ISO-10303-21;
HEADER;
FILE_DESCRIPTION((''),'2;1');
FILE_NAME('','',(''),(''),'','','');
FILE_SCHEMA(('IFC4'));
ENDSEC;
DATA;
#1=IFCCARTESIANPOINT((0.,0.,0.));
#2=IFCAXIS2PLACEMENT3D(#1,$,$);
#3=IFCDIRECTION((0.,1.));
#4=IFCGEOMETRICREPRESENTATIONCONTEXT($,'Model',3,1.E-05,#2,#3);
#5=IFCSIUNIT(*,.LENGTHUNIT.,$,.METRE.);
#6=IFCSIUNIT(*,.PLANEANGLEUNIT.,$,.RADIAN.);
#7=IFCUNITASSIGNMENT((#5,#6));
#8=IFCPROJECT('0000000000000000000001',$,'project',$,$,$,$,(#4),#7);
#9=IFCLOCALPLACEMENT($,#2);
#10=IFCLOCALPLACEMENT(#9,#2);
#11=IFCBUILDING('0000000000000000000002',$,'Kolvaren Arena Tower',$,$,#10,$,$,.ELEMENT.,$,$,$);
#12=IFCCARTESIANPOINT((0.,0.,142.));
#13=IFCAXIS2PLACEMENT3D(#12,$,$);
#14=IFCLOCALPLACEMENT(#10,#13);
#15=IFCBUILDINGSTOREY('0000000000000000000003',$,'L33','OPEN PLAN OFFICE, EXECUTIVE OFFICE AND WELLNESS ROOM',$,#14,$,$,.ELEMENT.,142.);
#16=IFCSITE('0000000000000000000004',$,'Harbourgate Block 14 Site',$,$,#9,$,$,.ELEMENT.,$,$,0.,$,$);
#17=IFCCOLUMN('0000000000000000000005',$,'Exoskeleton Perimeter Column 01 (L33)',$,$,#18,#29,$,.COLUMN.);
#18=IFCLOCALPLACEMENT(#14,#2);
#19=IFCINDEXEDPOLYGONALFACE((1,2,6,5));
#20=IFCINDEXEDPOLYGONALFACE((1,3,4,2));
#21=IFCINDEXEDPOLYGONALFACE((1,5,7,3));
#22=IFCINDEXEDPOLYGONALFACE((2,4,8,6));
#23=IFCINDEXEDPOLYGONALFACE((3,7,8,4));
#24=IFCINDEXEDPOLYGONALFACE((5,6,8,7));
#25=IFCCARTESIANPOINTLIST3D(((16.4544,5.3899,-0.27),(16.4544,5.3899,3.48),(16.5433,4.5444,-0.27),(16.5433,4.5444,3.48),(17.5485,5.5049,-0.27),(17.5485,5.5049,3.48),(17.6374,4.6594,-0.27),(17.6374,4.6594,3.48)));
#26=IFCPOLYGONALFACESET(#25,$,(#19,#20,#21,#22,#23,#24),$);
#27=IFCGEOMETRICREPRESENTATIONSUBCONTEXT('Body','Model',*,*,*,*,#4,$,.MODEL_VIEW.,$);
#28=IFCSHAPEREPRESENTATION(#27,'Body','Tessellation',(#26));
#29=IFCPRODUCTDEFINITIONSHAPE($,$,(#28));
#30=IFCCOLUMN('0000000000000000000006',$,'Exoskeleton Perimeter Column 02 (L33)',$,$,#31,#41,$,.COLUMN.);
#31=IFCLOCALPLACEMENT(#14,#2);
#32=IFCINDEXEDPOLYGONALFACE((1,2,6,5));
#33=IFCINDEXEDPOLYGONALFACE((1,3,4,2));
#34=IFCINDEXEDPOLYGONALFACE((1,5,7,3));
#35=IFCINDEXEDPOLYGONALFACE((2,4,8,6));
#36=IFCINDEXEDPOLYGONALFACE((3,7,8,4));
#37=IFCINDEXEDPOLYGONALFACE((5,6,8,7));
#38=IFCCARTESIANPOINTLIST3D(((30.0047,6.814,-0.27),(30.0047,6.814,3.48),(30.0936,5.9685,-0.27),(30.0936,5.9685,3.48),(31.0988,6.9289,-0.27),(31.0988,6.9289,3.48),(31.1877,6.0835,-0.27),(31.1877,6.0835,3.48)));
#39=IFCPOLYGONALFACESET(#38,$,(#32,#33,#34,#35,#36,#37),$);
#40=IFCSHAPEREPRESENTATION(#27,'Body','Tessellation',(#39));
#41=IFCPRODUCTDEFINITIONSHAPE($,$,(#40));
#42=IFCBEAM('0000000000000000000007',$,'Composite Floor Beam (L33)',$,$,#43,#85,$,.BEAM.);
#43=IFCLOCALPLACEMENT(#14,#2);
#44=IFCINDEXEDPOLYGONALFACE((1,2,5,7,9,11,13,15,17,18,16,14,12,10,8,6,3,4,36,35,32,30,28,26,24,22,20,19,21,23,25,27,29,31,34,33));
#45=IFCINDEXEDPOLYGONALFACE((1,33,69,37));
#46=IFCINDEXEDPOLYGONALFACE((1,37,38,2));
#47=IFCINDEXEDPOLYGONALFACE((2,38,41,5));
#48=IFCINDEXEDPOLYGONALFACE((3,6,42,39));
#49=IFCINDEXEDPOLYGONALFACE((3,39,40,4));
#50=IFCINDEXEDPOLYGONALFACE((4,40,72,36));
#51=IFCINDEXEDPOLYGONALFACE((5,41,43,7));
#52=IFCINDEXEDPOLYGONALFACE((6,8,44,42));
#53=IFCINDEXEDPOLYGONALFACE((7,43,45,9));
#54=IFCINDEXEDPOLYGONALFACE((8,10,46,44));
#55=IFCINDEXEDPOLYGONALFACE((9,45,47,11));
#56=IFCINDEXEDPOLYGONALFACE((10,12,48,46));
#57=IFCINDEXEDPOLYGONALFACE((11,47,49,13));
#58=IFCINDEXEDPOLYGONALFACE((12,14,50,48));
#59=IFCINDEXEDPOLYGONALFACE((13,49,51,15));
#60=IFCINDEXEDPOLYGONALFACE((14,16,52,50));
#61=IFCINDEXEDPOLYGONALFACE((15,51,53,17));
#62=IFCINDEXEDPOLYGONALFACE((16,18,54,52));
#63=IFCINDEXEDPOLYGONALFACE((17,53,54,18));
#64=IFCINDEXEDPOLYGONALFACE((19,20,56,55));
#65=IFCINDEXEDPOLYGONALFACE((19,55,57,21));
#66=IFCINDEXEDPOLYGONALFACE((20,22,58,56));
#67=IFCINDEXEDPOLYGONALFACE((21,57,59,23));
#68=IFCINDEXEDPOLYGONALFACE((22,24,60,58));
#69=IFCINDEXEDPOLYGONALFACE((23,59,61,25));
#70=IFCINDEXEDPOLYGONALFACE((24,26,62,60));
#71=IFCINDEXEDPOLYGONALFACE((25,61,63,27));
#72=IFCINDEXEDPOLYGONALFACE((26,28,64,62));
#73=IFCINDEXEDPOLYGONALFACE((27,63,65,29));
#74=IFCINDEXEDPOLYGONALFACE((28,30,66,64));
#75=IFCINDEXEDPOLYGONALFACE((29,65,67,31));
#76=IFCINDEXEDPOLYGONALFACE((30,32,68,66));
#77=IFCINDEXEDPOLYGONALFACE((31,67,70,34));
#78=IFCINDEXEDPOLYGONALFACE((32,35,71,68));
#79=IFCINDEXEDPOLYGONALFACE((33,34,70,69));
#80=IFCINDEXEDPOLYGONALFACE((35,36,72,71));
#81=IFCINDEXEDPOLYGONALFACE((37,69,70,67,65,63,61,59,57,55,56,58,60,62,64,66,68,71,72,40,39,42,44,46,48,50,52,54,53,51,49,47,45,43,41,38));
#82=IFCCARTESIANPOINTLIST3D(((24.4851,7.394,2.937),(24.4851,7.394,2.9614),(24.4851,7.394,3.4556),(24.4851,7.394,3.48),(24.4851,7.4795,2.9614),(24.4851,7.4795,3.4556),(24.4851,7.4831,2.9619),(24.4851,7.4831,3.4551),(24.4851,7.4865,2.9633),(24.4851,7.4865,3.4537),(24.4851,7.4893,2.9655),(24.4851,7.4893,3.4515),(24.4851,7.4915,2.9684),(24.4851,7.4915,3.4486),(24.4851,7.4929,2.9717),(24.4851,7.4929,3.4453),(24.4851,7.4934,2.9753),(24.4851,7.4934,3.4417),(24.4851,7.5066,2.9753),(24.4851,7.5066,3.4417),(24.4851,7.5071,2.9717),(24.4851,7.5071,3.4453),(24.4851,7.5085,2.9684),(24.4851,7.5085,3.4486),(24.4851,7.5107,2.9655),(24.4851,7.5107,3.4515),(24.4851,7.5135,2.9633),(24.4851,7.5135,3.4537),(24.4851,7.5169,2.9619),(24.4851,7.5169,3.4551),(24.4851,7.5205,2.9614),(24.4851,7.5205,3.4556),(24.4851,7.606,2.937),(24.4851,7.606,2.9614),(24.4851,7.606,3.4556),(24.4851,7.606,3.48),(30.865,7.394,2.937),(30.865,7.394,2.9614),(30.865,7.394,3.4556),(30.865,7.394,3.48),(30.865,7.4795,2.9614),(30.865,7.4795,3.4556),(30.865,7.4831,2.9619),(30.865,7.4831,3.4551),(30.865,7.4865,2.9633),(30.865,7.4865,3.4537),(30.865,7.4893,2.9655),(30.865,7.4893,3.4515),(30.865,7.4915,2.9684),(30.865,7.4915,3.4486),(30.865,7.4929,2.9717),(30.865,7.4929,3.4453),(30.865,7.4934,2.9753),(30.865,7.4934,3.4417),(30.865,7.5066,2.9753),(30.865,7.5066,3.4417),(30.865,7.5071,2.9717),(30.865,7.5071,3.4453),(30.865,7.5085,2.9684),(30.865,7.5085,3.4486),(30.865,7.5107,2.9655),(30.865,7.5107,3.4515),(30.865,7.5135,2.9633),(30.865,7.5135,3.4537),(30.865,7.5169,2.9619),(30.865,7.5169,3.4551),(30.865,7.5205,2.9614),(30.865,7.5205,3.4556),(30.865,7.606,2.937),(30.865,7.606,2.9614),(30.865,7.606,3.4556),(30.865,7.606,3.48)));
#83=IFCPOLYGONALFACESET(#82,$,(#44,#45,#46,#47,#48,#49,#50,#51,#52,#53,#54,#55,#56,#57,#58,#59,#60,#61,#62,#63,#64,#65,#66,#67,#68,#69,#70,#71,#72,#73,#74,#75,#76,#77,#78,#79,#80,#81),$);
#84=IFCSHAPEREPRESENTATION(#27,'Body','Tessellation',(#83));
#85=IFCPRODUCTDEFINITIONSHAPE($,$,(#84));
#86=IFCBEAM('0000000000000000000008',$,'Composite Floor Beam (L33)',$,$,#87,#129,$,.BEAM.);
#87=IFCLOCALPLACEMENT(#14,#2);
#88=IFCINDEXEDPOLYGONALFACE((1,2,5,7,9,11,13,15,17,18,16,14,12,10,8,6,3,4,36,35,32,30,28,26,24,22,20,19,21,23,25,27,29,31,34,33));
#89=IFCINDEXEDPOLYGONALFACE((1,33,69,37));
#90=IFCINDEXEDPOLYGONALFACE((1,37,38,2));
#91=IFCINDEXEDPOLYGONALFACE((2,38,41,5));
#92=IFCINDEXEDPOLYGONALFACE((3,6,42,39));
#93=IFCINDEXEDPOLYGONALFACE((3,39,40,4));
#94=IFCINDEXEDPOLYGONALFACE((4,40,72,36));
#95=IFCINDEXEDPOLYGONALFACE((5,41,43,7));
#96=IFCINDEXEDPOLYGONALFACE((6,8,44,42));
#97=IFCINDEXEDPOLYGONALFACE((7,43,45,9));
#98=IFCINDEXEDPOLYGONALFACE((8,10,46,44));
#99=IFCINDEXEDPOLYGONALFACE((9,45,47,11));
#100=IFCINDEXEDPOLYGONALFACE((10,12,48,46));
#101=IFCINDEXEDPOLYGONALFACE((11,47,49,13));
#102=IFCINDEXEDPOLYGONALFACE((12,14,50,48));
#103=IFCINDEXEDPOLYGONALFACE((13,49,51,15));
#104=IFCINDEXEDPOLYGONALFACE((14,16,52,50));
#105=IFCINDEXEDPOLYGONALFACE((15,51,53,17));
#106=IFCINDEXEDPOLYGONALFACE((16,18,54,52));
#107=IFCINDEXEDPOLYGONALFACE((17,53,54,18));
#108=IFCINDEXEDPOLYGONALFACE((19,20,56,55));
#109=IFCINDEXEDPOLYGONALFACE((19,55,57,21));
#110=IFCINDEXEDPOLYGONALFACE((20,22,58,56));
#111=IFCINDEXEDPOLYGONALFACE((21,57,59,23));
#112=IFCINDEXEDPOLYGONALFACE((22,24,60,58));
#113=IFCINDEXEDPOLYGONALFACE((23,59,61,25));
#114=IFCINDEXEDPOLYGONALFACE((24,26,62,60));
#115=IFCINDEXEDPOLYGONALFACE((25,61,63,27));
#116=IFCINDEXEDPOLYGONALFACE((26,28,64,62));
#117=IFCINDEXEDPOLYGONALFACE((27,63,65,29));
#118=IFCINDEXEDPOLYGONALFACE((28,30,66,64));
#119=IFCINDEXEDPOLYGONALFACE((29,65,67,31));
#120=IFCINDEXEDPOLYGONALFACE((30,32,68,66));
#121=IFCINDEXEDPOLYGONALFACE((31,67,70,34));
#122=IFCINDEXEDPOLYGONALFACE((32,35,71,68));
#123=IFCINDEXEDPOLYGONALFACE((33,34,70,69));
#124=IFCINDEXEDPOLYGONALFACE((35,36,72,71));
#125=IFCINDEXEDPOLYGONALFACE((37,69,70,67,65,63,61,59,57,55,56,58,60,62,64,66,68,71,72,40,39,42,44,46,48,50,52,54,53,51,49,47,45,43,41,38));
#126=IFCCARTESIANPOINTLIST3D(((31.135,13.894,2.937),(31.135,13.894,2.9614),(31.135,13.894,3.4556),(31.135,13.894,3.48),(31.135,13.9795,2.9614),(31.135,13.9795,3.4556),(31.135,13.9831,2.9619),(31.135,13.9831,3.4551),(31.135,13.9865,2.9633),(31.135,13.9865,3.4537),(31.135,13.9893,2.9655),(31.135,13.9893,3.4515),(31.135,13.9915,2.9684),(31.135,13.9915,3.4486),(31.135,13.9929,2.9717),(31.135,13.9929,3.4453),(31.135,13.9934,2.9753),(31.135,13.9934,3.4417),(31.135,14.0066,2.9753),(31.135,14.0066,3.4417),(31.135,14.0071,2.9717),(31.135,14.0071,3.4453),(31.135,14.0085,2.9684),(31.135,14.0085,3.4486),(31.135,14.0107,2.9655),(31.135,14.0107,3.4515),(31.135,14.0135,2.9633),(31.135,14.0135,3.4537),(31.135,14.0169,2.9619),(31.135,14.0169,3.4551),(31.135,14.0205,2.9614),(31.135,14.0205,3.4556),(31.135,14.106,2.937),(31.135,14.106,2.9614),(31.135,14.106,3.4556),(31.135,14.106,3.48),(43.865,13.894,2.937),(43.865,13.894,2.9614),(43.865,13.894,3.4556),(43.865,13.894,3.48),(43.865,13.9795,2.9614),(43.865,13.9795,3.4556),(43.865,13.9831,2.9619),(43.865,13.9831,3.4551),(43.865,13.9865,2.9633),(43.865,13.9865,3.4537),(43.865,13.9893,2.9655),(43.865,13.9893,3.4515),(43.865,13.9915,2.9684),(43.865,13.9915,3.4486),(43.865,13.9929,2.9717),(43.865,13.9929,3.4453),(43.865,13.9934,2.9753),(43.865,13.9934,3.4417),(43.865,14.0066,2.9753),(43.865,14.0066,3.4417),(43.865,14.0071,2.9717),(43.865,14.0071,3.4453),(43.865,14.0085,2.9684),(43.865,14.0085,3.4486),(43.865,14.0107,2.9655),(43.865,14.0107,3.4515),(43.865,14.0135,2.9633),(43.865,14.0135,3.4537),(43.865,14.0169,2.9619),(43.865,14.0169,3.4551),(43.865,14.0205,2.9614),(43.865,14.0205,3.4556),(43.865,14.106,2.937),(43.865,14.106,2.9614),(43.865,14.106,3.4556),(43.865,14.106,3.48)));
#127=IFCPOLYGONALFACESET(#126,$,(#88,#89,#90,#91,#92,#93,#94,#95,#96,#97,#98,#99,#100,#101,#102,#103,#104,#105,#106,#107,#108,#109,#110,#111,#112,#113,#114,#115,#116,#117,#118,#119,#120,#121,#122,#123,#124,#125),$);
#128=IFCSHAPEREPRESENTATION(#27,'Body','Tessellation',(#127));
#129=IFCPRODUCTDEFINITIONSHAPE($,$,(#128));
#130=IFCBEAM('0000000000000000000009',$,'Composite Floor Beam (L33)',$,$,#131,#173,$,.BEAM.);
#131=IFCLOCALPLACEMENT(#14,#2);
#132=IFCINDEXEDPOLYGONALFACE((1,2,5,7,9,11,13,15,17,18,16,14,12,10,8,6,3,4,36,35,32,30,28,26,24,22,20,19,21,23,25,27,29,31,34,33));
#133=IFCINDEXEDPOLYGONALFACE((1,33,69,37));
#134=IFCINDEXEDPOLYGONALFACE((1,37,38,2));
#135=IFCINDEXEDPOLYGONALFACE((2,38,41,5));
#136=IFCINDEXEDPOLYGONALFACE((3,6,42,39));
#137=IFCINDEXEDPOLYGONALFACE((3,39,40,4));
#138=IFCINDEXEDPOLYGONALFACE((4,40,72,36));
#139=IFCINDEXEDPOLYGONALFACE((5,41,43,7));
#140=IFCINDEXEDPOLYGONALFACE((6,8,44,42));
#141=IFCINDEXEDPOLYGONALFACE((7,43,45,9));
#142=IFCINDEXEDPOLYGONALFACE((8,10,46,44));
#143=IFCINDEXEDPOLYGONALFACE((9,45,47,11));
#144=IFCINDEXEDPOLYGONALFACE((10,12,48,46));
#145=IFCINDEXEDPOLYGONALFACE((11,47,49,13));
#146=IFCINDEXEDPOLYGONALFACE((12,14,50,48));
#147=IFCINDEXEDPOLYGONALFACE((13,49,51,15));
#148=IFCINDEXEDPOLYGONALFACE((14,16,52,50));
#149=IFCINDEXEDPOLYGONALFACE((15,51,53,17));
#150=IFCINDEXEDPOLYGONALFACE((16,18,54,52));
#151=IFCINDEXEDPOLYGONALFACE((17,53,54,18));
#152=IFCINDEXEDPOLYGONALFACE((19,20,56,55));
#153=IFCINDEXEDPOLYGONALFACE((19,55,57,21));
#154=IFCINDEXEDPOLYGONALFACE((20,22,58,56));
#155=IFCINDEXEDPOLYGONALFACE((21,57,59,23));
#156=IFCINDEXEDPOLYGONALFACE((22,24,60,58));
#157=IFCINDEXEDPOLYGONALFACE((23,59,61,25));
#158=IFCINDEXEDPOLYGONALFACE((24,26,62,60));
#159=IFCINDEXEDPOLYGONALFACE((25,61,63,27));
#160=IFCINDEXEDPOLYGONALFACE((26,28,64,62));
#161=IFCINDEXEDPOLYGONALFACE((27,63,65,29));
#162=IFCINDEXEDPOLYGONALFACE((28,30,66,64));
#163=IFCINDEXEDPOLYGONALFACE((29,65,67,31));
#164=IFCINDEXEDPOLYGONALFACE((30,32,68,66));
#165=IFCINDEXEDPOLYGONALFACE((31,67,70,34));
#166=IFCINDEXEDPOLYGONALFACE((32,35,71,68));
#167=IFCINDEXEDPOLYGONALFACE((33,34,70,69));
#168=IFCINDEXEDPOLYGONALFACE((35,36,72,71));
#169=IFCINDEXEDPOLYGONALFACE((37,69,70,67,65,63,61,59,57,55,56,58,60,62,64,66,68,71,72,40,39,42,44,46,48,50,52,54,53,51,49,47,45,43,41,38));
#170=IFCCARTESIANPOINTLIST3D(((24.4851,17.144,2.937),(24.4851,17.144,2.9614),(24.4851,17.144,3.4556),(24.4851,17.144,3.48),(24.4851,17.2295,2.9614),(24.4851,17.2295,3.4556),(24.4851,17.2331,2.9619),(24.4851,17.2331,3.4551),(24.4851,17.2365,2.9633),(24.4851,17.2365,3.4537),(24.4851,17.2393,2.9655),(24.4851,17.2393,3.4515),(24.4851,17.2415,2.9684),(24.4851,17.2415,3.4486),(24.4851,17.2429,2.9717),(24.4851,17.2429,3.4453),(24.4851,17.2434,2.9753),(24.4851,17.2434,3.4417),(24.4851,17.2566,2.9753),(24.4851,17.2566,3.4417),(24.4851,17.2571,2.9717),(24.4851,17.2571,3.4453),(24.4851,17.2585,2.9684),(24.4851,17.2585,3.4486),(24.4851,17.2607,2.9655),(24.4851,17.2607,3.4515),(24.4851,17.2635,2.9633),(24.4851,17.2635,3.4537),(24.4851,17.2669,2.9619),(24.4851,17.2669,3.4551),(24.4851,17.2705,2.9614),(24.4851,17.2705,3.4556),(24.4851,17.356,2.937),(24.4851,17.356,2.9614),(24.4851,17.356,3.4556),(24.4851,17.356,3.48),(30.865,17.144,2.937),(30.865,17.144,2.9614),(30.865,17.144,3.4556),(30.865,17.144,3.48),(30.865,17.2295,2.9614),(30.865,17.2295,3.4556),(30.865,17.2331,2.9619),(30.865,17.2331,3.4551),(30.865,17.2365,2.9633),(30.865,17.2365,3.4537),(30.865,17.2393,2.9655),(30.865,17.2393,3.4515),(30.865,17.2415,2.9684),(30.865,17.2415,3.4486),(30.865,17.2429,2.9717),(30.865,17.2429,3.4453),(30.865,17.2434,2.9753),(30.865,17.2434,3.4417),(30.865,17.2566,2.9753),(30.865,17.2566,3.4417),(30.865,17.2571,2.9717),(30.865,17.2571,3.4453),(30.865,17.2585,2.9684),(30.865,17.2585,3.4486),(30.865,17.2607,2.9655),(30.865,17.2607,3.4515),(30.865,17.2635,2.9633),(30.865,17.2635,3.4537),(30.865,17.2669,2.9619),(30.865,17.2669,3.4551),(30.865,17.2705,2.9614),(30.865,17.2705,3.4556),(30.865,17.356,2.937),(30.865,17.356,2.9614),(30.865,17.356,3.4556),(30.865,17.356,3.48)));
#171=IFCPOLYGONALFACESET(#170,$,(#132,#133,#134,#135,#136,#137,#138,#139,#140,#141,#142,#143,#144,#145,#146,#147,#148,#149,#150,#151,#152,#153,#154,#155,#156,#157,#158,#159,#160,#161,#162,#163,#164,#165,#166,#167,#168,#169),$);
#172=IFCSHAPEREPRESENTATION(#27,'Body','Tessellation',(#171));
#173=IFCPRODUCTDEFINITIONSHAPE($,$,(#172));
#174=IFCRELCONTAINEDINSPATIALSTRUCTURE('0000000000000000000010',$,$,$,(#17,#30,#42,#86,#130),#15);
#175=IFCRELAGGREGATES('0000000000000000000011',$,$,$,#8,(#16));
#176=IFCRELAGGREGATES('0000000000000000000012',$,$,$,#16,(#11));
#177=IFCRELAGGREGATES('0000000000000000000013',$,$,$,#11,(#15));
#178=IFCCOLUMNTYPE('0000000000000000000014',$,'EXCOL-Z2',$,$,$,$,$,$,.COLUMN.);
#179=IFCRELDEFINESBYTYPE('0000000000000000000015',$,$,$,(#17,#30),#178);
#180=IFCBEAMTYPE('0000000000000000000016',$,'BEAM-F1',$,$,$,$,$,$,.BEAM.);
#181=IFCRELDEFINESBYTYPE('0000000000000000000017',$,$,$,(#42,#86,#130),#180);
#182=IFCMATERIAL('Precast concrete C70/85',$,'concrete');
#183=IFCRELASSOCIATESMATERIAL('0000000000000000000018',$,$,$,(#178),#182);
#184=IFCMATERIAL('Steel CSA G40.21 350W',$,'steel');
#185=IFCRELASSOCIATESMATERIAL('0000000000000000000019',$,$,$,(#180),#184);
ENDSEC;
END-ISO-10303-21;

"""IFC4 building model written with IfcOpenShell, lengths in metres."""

from ifc_helpers import new_model, si_unit, direction, frame, origin, origin_2d, place, context, subcontext, project, spatial, rectangle, i_section, extrude, material, material_profile, profile_set, type_object, element, save


model = new_model("IFC4")

# Units and contexts
model_context = context("Model", 3, precision=1e-05, world=origin(), true_north=direction((0.0, 1.0)))
body_context = subcontext(model_context, "Body", "Model", "MODEL_VIEW")
ifc_project = project(units=[si_unit("LENGTHUNIT", "METRE"), si_unit("PLANEANGLEUNIT", "RADIAN")], contexts=[model_context])

# Site, building, storey
site_placement = place(None, origin())
site = spatial("IfcSite", under=ifc_project, at=site_placement, Name="Harbourgate Block 14 Site", CompositionType="ELEMENT", RefElevation=0.0)
building_placement = place(site_placement, origin())
building = spatial("IfcBuilding", under=site, at=building_placement, Name="Kolvaren Arena Tower", CompositionType="ELEMENT")
storey_placement = place(building_placement, frame((0.0, 0.0, 142.0)))
storey = spatial("IfcBuildingStorey", under=building, at=storey_placement, Name="L33", Description="OPEN PLAN OFFICE, EXECUTIVE OFFICE AND WELLNESS ROOM", CompositionType="ELEMENT", Elevation=142.0)

# Columns
ifc_material_1 = material(Name="Precast concrete C70/85", Category="concrete")
ifc_material_profile_1 = material_profile(ifc_material_1, rectangle(XDim=1.1001, YDim=0.8501, at=origin_2d()), Name="RC-1100x850")
ifc_profile_set_1 = profile_set([ifc_material_profile_1], Name="Precast concrete C70/85")
column_type = type_object("IfcColumnType", Name="EXCOL-Z2", PredefinedType="COLUMN", material=ifc_profile_set_1)
for number, where, z_axis, x_axis, name in (
    (1, (17.0459, 5.0247, -0.27), (0.0, 0.0, 1.0), (0.994522, 0.104528, 0.0), "Exoskeleton Perimeter Column 01 (L33)"),
    (2, (30.5962, 6.4487, -0.27), (0.0, 0.0, 1.0), (0.994522, 0.104528, 0.0), "Exoskeleton Perimeter Column 02 (L33)"),
):
    element("IfcColumn", number, at=place(storey_placement, frame(where, z_axis=z_axis, x_axis=x_axis)), inside=storey, type_object=column_type, Name=name, PredefinedType="COLUMN", context=body_context, shape_type="SweptSolid", body=[
        extrude(rectangle(XDim=1.1001, YDim=0.8501, at=origin_2d()), origin(), (0.0, 0.0, 1.0), 3.75),
    ])

# Beams
ifc_material_2 = material(Name="Steel CSA G40.21 350W", Category="steel")
ifc_material_profile_2 = material_profile(ifc_material_2, i_section(OverallWidth=0.2119, OverallDepth=0.543, WebThickness=0.0132, FlangeThickness=0.0244, FilletRadius=0.0139, at=origin_2d()), Name="W530x150")
ifc_profile_set_2 = profile_set([ifc_material_profile_2], Name="Steel CSA G40.21 350W")
beam_type_1 = type_object("IfcBeamType", Name="BEAM-F1", PredefinedType="BEAM", material=ifc_profile_set_2)
beam_1_placement = place(storey_placement, frame((24.4851, 7.5, 3.2085), z_axis=(1.0, 0.0, 0.0), x_axis=(0.0, 1.0, 0.0)))
element("IfcBeam", 3, at=beam_1_placement, inside=storey, type_object=beam_type_1, Name="Composite Floor Beam (L33)", PredefinedType="BEAM", context=body_context, shape_type="SweptSolid", body=[
    extrude(i_section(OverallWidth=0.2119, OverallDepth=0.543, WebThickness=0.0132, FlangeThickness=0.0244, FilletRadius=0.0139, at=origin_2d()), origin(), (0.0, 0.0, 1.0), 6.3799),
])
beam_2_placement = place(storey_placement, frame((31.135, 14.0, 3.2085), z_axis=(1.0, 0.0, 0.0), x_axis=(0.0, 1.0, 0.0)))
element("IfcBeam", 4, at=beam_2_placement, inside=storey, type_object=beam_type_1, Name="Composite Floor Beam (L33)", PredefinedType="BEAM", context=body_context, shape_type="SweptSolid", body=[
    extrude(i_section(OverallWidth=0.2119, OverallDepth=0.543, WebThickness=0.0132, FlangeThickness=0.0244, FilletRadius=0.0139, at=origin_2d()), origin(), (0.0, 0.0, 1.0), 12.73),
])
beam_3_placement = place(storey_placement, frame((24.4851, 17.25, 3.2085), z_axis=(1.0, 0.0, 0.0), x_axis=(0.0, 1.0, 0.0)))
element("IfcBeam", 5, at=beam_3_placement, inside=storey, type_object=beam_type_1, Name="Composite Floor Beam (L33)", PredefinedType="BEAM", context=body_context, shape_type="SweptSolid", body=[
    extrude(i_section(OverallWidth=0.2119, OverallDepth=0.543, WebThickness=0.0132, FlangeThickness=0.0244, FilletRadius=0.0139, at=origin_2d()), origin(), (0.0, 0.0, 1.0), 6.3799),
])

save(model, "model.ifc")
